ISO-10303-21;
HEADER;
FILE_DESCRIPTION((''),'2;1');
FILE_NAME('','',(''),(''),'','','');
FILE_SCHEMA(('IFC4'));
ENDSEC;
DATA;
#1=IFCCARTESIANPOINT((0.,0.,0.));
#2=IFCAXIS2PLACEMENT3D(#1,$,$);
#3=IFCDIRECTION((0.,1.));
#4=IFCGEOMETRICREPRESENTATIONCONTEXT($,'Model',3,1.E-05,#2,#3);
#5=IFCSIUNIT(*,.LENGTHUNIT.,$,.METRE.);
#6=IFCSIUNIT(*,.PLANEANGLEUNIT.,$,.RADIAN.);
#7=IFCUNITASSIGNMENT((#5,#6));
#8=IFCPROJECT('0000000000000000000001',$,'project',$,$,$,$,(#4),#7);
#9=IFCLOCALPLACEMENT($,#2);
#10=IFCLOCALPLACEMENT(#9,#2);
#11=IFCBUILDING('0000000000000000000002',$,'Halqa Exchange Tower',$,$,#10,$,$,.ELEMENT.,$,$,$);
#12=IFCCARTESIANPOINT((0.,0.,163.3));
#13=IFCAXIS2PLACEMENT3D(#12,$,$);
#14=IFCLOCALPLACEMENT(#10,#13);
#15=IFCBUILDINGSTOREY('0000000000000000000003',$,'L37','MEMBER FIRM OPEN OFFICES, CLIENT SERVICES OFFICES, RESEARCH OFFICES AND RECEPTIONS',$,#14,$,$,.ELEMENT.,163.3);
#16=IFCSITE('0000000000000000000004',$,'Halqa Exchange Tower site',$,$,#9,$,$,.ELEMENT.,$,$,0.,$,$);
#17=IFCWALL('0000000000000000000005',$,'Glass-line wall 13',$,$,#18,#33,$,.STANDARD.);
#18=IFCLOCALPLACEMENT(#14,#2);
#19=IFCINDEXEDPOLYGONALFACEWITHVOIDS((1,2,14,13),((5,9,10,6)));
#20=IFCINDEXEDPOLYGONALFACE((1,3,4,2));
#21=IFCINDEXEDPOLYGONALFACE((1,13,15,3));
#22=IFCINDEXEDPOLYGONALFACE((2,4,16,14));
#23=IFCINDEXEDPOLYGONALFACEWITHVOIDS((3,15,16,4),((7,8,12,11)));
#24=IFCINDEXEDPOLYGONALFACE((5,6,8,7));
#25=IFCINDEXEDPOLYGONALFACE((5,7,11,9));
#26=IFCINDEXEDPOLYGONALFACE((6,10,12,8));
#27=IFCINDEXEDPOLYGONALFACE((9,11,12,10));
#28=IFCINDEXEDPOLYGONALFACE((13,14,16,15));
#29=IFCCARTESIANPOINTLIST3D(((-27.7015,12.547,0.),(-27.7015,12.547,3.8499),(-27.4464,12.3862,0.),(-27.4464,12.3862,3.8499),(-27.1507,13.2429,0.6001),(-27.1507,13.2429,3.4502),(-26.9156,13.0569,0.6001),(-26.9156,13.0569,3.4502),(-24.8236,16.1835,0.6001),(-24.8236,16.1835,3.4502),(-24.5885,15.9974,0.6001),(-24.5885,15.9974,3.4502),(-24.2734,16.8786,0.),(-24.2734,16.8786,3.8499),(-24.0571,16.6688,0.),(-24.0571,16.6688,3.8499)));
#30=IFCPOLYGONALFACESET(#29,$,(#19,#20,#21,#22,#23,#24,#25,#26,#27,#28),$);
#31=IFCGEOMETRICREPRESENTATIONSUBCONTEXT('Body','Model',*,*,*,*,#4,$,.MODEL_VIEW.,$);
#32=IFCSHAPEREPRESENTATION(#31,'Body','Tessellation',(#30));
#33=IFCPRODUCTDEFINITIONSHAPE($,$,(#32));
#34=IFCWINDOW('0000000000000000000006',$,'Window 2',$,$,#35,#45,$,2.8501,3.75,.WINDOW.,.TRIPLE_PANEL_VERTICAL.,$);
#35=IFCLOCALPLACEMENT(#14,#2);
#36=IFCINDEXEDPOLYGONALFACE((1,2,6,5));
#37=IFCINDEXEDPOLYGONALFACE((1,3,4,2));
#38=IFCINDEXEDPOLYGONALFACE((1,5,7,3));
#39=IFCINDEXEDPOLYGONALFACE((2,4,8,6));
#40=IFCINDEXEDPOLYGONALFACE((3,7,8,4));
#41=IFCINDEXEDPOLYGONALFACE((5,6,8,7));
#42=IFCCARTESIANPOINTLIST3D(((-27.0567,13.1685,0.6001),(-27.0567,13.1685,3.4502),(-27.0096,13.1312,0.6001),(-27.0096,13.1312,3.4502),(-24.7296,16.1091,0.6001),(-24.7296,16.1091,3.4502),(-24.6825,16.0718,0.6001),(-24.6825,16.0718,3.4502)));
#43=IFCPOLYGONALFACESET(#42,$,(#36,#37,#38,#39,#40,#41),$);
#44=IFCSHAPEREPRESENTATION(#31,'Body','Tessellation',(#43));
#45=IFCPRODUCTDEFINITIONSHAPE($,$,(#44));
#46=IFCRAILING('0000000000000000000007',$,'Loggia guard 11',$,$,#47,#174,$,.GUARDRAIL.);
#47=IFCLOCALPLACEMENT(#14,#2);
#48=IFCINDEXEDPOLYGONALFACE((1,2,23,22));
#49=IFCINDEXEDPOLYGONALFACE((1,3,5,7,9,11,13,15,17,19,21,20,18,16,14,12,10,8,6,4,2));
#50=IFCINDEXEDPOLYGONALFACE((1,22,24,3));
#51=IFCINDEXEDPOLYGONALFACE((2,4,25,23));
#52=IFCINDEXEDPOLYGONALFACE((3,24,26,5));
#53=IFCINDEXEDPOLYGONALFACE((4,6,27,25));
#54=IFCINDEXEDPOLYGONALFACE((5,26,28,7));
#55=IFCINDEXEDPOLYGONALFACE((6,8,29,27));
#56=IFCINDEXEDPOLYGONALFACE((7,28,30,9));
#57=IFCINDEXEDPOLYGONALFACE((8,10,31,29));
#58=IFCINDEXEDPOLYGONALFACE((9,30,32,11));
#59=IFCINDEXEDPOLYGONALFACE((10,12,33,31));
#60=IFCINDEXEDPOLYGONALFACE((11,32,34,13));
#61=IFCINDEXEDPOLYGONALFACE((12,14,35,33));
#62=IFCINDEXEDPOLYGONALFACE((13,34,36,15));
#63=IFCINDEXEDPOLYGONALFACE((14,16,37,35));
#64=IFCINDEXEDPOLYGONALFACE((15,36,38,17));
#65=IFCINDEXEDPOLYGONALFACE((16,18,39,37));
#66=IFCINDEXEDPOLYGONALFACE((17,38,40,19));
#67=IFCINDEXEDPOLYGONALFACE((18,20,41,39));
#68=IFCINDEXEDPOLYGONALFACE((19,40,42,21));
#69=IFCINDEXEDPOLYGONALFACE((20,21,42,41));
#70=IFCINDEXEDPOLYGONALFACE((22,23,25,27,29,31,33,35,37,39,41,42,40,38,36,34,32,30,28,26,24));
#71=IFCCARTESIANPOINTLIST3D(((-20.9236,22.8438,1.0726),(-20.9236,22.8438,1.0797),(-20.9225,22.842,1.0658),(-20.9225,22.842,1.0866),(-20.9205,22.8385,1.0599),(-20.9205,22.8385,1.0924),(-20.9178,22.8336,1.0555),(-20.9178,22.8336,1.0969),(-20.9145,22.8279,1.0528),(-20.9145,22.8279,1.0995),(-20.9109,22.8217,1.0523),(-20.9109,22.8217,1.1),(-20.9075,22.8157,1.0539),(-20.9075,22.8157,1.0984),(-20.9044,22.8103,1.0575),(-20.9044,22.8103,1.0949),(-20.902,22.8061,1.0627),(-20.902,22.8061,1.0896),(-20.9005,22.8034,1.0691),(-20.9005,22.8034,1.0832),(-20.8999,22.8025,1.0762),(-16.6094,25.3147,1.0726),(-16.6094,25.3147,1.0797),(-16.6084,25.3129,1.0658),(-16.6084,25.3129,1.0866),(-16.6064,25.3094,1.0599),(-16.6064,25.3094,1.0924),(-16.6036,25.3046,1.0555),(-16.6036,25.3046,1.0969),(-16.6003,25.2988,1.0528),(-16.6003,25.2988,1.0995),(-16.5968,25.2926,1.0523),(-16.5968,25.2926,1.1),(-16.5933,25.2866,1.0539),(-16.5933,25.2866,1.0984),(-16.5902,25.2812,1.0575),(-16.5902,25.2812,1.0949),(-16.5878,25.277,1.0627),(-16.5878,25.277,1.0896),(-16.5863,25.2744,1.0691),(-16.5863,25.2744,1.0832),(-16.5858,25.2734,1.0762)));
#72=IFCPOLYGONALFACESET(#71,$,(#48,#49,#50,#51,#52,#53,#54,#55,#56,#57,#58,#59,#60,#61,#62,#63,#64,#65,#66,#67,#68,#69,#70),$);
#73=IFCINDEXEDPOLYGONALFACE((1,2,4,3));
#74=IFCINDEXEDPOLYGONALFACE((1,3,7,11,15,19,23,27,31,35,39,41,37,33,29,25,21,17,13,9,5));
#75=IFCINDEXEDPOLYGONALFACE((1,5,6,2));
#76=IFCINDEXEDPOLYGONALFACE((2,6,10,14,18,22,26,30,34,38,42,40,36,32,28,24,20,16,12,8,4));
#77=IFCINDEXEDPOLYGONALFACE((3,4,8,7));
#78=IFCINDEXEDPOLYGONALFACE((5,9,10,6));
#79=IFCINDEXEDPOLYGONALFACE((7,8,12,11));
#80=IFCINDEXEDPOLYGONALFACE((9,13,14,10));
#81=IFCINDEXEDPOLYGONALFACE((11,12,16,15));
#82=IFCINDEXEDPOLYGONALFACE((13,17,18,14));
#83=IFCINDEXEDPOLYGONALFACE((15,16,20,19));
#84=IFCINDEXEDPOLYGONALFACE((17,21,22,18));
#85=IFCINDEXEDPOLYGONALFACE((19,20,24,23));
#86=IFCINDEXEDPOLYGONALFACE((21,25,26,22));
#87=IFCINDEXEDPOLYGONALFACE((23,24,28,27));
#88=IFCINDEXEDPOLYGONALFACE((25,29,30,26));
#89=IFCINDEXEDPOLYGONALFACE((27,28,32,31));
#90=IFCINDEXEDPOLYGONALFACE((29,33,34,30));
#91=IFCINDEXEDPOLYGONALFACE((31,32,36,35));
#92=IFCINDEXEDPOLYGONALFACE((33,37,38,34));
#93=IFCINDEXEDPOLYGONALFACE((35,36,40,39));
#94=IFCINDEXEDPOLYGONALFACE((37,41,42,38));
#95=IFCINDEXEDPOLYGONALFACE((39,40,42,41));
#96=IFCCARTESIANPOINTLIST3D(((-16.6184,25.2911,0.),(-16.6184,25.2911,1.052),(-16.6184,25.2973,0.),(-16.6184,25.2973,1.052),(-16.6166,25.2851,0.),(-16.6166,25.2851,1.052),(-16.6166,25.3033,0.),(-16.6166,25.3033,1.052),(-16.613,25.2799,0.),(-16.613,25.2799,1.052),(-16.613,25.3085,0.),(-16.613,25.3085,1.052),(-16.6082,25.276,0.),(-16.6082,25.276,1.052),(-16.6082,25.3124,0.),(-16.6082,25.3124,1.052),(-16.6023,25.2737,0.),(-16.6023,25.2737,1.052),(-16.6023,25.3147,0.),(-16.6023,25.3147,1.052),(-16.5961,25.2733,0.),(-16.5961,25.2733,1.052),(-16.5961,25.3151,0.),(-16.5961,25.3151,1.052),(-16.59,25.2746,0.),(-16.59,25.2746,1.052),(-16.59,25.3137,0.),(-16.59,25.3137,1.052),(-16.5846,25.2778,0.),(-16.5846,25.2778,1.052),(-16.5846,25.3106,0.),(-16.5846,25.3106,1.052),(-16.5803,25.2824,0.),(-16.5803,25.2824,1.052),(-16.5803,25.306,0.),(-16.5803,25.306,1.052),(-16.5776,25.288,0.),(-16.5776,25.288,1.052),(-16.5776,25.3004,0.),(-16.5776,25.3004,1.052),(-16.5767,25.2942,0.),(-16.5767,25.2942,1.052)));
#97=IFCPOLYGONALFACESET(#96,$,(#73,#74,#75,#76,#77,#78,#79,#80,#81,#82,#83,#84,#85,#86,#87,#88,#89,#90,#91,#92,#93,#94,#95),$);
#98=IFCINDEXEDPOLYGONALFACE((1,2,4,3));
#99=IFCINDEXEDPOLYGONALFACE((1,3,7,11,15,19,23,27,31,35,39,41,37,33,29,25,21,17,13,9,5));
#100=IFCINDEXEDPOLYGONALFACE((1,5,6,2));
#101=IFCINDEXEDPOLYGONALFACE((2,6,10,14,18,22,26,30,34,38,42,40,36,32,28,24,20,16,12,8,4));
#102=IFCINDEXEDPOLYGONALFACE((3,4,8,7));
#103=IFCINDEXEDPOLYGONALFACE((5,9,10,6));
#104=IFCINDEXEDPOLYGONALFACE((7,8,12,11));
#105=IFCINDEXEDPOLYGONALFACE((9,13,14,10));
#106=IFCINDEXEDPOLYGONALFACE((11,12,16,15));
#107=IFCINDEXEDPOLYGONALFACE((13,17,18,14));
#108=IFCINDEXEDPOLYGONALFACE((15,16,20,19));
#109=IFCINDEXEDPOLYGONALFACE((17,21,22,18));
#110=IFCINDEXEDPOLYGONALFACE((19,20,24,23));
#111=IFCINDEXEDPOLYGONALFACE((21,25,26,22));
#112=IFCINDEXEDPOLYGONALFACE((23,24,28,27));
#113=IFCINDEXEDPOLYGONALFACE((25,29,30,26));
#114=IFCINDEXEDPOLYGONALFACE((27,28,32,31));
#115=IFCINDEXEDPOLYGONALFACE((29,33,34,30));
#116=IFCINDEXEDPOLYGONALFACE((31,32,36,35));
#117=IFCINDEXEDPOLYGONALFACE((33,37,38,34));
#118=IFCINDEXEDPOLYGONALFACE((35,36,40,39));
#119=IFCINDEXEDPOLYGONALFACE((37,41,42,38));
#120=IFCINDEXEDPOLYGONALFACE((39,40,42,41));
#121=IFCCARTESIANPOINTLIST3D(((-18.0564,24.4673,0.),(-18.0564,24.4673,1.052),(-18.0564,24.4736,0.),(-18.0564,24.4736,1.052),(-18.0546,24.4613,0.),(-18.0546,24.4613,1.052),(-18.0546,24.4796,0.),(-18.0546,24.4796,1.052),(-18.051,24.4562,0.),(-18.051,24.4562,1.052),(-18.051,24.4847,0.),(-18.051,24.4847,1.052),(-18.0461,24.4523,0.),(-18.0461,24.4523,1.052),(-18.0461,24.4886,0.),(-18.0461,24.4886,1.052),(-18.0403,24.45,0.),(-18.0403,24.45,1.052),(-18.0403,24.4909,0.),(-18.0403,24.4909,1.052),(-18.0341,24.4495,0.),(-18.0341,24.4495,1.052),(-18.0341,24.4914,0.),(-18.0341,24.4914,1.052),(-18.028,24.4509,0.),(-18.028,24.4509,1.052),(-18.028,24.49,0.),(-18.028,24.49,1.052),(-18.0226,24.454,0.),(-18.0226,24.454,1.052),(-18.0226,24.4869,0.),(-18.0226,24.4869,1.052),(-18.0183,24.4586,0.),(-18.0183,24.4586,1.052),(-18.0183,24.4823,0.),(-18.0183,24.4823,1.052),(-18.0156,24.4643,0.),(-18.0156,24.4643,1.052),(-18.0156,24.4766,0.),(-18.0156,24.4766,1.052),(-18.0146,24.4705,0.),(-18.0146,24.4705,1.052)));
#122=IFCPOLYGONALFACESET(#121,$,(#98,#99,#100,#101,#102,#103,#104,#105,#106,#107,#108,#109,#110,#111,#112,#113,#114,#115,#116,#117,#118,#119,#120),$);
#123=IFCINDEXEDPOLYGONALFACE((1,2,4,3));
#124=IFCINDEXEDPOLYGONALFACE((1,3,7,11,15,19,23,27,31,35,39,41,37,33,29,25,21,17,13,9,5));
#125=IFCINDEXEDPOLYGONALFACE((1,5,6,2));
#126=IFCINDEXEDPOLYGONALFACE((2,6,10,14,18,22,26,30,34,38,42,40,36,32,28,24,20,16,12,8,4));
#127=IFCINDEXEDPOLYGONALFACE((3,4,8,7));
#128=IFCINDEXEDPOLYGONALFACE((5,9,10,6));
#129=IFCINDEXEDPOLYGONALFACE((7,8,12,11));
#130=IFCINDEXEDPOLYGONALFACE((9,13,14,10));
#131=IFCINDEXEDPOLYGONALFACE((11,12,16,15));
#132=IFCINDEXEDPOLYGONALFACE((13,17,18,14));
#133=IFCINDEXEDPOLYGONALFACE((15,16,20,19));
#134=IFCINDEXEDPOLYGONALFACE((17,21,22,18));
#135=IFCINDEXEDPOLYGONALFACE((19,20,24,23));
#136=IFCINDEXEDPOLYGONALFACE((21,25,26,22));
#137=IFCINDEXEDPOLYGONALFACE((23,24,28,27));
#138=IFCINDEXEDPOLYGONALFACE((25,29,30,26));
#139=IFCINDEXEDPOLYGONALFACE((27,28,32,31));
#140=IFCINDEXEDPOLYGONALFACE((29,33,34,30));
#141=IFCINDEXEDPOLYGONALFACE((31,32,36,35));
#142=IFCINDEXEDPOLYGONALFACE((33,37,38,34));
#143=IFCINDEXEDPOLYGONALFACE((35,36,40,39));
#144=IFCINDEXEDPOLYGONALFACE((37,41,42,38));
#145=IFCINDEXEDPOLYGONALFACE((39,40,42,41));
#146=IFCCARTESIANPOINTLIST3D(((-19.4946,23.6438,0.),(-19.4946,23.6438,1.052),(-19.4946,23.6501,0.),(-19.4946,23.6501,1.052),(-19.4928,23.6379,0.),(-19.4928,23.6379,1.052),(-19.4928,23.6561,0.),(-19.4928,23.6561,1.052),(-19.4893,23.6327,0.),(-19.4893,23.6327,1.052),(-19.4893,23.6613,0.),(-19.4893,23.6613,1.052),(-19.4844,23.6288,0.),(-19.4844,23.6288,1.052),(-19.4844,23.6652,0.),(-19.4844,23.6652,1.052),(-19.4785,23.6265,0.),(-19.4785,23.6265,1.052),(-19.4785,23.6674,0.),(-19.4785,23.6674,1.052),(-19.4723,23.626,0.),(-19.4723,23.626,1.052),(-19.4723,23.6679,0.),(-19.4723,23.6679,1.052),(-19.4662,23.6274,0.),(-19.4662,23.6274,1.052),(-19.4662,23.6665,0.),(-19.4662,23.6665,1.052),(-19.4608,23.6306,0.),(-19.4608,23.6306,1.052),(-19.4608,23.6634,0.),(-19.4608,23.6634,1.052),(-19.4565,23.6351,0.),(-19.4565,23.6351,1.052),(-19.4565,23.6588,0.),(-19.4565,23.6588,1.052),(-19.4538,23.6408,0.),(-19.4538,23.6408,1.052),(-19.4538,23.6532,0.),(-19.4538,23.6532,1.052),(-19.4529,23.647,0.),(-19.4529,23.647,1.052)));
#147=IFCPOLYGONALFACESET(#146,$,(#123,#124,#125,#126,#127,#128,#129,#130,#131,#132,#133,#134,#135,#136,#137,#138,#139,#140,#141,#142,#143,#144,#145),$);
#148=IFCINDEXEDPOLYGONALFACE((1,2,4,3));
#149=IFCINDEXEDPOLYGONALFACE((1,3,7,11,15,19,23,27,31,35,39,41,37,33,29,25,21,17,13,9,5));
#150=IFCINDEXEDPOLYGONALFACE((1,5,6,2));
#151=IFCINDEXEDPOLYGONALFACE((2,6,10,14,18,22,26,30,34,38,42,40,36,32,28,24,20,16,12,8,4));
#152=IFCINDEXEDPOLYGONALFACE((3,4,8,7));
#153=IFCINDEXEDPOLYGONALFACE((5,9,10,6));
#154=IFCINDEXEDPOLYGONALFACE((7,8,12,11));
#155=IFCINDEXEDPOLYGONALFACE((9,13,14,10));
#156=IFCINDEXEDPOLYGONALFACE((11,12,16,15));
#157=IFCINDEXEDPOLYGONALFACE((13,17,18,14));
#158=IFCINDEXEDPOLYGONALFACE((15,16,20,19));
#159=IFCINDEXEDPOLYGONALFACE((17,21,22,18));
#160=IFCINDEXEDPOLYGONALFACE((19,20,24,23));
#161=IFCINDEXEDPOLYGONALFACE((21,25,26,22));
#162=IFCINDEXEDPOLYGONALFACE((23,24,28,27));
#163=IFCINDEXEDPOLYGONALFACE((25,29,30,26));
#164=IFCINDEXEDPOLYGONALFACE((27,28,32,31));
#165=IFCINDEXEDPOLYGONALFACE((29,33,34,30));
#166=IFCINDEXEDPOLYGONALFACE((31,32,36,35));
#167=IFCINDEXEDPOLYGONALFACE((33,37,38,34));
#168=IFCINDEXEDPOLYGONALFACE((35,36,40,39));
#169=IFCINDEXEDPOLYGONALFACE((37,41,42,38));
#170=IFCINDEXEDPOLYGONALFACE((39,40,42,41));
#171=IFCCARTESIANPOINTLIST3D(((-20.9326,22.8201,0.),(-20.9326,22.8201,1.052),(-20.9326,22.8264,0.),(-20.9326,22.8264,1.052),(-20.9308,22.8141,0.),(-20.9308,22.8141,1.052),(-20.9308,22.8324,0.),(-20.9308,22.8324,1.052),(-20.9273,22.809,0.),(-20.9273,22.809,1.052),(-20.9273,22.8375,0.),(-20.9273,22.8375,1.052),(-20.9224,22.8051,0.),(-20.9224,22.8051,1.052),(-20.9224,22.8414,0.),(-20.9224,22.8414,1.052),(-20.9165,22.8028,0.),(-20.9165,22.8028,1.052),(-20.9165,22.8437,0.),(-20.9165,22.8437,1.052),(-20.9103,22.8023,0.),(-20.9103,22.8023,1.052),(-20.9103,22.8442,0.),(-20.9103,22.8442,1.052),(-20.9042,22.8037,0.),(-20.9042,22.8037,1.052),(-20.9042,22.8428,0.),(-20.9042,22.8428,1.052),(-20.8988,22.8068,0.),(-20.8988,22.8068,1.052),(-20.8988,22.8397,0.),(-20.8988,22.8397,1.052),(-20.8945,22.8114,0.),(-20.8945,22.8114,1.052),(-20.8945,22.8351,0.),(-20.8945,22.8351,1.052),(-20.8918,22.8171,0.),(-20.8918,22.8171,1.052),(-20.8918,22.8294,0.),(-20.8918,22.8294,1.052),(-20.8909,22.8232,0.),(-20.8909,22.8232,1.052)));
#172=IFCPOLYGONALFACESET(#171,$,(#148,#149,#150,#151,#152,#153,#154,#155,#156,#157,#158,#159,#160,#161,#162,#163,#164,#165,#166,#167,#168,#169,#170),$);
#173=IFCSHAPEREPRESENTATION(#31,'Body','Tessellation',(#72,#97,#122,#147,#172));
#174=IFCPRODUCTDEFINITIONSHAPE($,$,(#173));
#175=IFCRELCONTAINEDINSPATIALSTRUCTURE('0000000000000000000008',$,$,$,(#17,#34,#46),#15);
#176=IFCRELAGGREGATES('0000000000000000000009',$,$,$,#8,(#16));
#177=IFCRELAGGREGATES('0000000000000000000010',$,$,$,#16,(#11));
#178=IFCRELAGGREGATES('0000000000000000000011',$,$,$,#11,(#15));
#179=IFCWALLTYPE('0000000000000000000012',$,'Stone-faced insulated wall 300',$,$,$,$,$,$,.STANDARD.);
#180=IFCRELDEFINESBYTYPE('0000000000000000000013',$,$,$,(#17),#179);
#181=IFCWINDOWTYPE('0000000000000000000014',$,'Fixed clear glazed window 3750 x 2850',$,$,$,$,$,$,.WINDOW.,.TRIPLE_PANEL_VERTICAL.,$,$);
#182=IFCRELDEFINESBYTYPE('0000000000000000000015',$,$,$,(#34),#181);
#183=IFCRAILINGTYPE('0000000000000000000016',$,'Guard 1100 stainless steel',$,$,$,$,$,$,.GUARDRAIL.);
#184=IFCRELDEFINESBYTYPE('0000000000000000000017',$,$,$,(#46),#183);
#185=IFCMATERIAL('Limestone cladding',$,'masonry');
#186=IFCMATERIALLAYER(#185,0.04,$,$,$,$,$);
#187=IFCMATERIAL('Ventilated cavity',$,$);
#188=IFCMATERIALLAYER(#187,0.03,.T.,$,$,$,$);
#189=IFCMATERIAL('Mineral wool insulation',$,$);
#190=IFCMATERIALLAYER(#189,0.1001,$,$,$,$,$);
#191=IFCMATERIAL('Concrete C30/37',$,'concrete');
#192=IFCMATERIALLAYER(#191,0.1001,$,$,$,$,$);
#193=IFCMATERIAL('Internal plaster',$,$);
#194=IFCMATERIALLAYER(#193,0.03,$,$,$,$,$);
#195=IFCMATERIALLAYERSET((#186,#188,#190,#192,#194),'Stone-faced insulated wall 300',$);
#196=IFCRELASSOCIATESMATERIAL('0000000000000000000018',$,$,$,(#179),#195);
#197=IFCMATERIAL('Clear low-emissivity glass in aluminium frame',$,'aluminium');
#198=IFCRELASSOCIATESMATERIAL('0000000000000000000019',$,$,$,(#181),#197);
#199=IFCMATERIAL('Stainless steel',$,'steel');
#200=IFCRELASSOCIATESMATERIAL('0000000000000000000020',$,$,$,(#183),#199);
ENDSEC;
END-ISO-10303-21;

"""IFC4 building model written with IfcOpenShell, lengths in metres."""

from ifc_helpers import new_model, si_unit, direction, frame, frame_2d, origin, origin_2d, place, context, subcontext, project, spatial, polyline, rectangle, circle, outline, extrude, material, layer, layer_set, type_object, element, fill, save


model = new_model("IFC4")

# Units and contexts
model_context = context("Model", 3, precision=1e-05, world=origin(), true_north=direction((0.0, 1.0)))
body_context = subcontext(model_context, "Body", "Model", "MODEL_VIEW")
ifc_project = project(units=[si_unit("LENGTHUNIT", "METRE"), si_unit("PLANEANGLEUNIT", "RADIAN")], contexts=[model_context])

# Site, building, storey
site_placement = place(None, origin())
site = spatial("IfcSite", under=ifc_project, at=site_placement, Name="Halqa Exchange Tower site", CompositionType="ELEMENT", RefElevation=0.0)
building_placement = place(site_placement, origin())
building = spatial("IfcBuilding", under=site, at=building_placement, Name="Halqa Exchange Tower", CompositionType="ELEMENT")
storey_placement = place(building_placement, frame((0.0, 0.0, 163.3)))
storey = spatial("IfcBuildingStorey", under=building, at=storey_placement, Name="L37", Description="MEMBER FIRM OPEN OFFICES, CLIENT SERVICES OFFICES, RESEARCH OFFICES AND RECEPTIONS", CompositionType="ELEMENT", Elevation=163.3)

# Shared definitions
ifc_material_1 = material(Name="Limestone cladding", Category="masonry")
ifc_layer_1 = layer(ifc_material_1, 0.04)
ifc_material_2 = material(Name="Ventilated cavity")
ifc_layer_2 = layer(ifc_material_2, 0.03, ventilated=True)
ifc_material_3 = material(Name="Mineral wool insulation")
ifc_layer_3 = layer(ifc_material_3, 0.1001)
ifc_material_4 = material(Name="Concrete C30/37", Category="concrete")
ifc_layer_4 = layer(ifc_material_4, 0.1001)
ifc_material_5 = material(Name="Internal plaster")
ifc_layer_5 = layer(ifc_material_5, 0.03)
ifc_layer_set_1 = layer_set([ifc_layer_1, ifc_layer_2, ifc_layer_3, ifc_layer_4, ifc_layer_5], Name="Stone-faced insulated wall 300")
wall_type_1 = type_object("IfcWallType", Name="Stone-faced insulated wall 300", PredefinedType="STANDARD", material=ifc_layer_set_1)
ifc_material_6 = material(Name="Clear low-emissivity glass in aluminium frame", Category="aluminium")
window_type = type_object("IfcWindowType", Name="Fixed clear glazed window 3750 x 2850", PartitioningType="TRIPLE_PANEL_VERTICAL", PredefinedType="WINDOW", material=ifc_material_6)

# Wall, opening, window
wall_1_placement = place(storey_placement, frame((-24.1653, 16.7737, 0.0), z_axis=(0.0, 0.0, 1.0), x_axis=(-0.620578, -0.784145, 0.0)))
wall_1 = element("IfcWall", 1, at=wall_1_placement, inside=storey, type_object=wall_type_1, Name="Glass-line wall 13", PredefinedType="STANDARD", context=body_context, shape_type="SweptSolid", body=[
    extrude(outline(polyline([(-0.0151, -0.1499), (5.5088, -0.1499), (5.4766, 0.1499), (0.0151, 0.1499), (-0.0151, -0.1499)])), origin(), (0.0, 0.0, 1.0), 3.8499),
])
opening_1_placement = place(wall_1_placement, frame((0.8713, 0.0, 0.6001)))
opening_1 = element("IfcOpeningElement", 2, at=opening_1_placement, cuts=wall_1, PredefinedType="OPENING", context=body_context, shape_type="SweptSolid", body=[
    extrude(rectangle(XDim=3.75, YDim=2.8501, at=frame_2d((1.875, 1.425))), frame((0.0, 0.1621, 0.0), z_axis=(0.0, -1.0, 0.0), x_axis=(1.0, 0.0, 0.0)), (0.0, 0.0, 1.0), 0.324),
])
window_1_placement = place(opening_1_placement, origin())
window_1 = element("IfcWindow", 3, at=window_1_placement, inside=storey, type_object=window_type, Name="Window 2", OverallHeight=2.8501, OverallWidth=3.75, PartitioningType="TRIPLE_PANEL_VERTICAL", PredefinedType="WINDOW", context=body_context, shape_type="SweptSolid", body=[
    extrude(rectangle(XDim=3.75, YDim=2.8501, at=frame_2d((1.875, 1.425))), frame((0.0, 0.03, 0.0), z_axis=(0.0, -1.0, 0.0), x_axis=(1.0, 0.0, 0.0)), (0.0, 0.0, 1.0), 0.0601),
])
fill(opening_1, window_1)

# Railing
ifc_material_7 = material(Name="Stainless steel", Category="steel")
railing_type = type_object("IfcRailingType", Name="Guard 1100 stainless steel", PredefinedType="GUARDRAIL", material=ifc_material_7)
railing_1_placement = place(storey_placement, frame((-16.5977, 25.2942, 0.0)))
element("IfcRailing", 4, at=railing_1_placement, inside=storey, type_object=railing_type, Name="Loggia guard 11", PredefinedType="GUARDRAIL", context=body_context, shape_type="SweptSolid", body=[
    extrude(circle(Radius=0.0239, at=origin_2d()), frame((0.0, 0.0, 1.0762), z_axis=(-0.86775, -0.497001, 0.0), x_axis=(0.497001, -0.86775, 0.0)), (0.0, 0.0, 1.0), 4.9717),
    extrude(circle(Radius=0.021, at=origin_2d()), origin(), (0.0, 0.0, 1.0), 1.052),
    extrude(circle(Radius=0.021, at=origin_2d()), frame((-1.438, -0.8237, 0.0)), (0.0, 0.0, 1.0), 1.052),
    extrude(circle(Radius=0.021, at=origin_2d()), frame((-2.8762, -1.6472, 0.0)), (0.0, 0.0, 1.0), 1.052),
    extrude(circle(Radius=0.021, at=origin_2d()), frame((-4.3142, -2.4709, 0.0)), (0.0, 0.0, 1.0), 1.052),
])

save(model, "model.ifc")
